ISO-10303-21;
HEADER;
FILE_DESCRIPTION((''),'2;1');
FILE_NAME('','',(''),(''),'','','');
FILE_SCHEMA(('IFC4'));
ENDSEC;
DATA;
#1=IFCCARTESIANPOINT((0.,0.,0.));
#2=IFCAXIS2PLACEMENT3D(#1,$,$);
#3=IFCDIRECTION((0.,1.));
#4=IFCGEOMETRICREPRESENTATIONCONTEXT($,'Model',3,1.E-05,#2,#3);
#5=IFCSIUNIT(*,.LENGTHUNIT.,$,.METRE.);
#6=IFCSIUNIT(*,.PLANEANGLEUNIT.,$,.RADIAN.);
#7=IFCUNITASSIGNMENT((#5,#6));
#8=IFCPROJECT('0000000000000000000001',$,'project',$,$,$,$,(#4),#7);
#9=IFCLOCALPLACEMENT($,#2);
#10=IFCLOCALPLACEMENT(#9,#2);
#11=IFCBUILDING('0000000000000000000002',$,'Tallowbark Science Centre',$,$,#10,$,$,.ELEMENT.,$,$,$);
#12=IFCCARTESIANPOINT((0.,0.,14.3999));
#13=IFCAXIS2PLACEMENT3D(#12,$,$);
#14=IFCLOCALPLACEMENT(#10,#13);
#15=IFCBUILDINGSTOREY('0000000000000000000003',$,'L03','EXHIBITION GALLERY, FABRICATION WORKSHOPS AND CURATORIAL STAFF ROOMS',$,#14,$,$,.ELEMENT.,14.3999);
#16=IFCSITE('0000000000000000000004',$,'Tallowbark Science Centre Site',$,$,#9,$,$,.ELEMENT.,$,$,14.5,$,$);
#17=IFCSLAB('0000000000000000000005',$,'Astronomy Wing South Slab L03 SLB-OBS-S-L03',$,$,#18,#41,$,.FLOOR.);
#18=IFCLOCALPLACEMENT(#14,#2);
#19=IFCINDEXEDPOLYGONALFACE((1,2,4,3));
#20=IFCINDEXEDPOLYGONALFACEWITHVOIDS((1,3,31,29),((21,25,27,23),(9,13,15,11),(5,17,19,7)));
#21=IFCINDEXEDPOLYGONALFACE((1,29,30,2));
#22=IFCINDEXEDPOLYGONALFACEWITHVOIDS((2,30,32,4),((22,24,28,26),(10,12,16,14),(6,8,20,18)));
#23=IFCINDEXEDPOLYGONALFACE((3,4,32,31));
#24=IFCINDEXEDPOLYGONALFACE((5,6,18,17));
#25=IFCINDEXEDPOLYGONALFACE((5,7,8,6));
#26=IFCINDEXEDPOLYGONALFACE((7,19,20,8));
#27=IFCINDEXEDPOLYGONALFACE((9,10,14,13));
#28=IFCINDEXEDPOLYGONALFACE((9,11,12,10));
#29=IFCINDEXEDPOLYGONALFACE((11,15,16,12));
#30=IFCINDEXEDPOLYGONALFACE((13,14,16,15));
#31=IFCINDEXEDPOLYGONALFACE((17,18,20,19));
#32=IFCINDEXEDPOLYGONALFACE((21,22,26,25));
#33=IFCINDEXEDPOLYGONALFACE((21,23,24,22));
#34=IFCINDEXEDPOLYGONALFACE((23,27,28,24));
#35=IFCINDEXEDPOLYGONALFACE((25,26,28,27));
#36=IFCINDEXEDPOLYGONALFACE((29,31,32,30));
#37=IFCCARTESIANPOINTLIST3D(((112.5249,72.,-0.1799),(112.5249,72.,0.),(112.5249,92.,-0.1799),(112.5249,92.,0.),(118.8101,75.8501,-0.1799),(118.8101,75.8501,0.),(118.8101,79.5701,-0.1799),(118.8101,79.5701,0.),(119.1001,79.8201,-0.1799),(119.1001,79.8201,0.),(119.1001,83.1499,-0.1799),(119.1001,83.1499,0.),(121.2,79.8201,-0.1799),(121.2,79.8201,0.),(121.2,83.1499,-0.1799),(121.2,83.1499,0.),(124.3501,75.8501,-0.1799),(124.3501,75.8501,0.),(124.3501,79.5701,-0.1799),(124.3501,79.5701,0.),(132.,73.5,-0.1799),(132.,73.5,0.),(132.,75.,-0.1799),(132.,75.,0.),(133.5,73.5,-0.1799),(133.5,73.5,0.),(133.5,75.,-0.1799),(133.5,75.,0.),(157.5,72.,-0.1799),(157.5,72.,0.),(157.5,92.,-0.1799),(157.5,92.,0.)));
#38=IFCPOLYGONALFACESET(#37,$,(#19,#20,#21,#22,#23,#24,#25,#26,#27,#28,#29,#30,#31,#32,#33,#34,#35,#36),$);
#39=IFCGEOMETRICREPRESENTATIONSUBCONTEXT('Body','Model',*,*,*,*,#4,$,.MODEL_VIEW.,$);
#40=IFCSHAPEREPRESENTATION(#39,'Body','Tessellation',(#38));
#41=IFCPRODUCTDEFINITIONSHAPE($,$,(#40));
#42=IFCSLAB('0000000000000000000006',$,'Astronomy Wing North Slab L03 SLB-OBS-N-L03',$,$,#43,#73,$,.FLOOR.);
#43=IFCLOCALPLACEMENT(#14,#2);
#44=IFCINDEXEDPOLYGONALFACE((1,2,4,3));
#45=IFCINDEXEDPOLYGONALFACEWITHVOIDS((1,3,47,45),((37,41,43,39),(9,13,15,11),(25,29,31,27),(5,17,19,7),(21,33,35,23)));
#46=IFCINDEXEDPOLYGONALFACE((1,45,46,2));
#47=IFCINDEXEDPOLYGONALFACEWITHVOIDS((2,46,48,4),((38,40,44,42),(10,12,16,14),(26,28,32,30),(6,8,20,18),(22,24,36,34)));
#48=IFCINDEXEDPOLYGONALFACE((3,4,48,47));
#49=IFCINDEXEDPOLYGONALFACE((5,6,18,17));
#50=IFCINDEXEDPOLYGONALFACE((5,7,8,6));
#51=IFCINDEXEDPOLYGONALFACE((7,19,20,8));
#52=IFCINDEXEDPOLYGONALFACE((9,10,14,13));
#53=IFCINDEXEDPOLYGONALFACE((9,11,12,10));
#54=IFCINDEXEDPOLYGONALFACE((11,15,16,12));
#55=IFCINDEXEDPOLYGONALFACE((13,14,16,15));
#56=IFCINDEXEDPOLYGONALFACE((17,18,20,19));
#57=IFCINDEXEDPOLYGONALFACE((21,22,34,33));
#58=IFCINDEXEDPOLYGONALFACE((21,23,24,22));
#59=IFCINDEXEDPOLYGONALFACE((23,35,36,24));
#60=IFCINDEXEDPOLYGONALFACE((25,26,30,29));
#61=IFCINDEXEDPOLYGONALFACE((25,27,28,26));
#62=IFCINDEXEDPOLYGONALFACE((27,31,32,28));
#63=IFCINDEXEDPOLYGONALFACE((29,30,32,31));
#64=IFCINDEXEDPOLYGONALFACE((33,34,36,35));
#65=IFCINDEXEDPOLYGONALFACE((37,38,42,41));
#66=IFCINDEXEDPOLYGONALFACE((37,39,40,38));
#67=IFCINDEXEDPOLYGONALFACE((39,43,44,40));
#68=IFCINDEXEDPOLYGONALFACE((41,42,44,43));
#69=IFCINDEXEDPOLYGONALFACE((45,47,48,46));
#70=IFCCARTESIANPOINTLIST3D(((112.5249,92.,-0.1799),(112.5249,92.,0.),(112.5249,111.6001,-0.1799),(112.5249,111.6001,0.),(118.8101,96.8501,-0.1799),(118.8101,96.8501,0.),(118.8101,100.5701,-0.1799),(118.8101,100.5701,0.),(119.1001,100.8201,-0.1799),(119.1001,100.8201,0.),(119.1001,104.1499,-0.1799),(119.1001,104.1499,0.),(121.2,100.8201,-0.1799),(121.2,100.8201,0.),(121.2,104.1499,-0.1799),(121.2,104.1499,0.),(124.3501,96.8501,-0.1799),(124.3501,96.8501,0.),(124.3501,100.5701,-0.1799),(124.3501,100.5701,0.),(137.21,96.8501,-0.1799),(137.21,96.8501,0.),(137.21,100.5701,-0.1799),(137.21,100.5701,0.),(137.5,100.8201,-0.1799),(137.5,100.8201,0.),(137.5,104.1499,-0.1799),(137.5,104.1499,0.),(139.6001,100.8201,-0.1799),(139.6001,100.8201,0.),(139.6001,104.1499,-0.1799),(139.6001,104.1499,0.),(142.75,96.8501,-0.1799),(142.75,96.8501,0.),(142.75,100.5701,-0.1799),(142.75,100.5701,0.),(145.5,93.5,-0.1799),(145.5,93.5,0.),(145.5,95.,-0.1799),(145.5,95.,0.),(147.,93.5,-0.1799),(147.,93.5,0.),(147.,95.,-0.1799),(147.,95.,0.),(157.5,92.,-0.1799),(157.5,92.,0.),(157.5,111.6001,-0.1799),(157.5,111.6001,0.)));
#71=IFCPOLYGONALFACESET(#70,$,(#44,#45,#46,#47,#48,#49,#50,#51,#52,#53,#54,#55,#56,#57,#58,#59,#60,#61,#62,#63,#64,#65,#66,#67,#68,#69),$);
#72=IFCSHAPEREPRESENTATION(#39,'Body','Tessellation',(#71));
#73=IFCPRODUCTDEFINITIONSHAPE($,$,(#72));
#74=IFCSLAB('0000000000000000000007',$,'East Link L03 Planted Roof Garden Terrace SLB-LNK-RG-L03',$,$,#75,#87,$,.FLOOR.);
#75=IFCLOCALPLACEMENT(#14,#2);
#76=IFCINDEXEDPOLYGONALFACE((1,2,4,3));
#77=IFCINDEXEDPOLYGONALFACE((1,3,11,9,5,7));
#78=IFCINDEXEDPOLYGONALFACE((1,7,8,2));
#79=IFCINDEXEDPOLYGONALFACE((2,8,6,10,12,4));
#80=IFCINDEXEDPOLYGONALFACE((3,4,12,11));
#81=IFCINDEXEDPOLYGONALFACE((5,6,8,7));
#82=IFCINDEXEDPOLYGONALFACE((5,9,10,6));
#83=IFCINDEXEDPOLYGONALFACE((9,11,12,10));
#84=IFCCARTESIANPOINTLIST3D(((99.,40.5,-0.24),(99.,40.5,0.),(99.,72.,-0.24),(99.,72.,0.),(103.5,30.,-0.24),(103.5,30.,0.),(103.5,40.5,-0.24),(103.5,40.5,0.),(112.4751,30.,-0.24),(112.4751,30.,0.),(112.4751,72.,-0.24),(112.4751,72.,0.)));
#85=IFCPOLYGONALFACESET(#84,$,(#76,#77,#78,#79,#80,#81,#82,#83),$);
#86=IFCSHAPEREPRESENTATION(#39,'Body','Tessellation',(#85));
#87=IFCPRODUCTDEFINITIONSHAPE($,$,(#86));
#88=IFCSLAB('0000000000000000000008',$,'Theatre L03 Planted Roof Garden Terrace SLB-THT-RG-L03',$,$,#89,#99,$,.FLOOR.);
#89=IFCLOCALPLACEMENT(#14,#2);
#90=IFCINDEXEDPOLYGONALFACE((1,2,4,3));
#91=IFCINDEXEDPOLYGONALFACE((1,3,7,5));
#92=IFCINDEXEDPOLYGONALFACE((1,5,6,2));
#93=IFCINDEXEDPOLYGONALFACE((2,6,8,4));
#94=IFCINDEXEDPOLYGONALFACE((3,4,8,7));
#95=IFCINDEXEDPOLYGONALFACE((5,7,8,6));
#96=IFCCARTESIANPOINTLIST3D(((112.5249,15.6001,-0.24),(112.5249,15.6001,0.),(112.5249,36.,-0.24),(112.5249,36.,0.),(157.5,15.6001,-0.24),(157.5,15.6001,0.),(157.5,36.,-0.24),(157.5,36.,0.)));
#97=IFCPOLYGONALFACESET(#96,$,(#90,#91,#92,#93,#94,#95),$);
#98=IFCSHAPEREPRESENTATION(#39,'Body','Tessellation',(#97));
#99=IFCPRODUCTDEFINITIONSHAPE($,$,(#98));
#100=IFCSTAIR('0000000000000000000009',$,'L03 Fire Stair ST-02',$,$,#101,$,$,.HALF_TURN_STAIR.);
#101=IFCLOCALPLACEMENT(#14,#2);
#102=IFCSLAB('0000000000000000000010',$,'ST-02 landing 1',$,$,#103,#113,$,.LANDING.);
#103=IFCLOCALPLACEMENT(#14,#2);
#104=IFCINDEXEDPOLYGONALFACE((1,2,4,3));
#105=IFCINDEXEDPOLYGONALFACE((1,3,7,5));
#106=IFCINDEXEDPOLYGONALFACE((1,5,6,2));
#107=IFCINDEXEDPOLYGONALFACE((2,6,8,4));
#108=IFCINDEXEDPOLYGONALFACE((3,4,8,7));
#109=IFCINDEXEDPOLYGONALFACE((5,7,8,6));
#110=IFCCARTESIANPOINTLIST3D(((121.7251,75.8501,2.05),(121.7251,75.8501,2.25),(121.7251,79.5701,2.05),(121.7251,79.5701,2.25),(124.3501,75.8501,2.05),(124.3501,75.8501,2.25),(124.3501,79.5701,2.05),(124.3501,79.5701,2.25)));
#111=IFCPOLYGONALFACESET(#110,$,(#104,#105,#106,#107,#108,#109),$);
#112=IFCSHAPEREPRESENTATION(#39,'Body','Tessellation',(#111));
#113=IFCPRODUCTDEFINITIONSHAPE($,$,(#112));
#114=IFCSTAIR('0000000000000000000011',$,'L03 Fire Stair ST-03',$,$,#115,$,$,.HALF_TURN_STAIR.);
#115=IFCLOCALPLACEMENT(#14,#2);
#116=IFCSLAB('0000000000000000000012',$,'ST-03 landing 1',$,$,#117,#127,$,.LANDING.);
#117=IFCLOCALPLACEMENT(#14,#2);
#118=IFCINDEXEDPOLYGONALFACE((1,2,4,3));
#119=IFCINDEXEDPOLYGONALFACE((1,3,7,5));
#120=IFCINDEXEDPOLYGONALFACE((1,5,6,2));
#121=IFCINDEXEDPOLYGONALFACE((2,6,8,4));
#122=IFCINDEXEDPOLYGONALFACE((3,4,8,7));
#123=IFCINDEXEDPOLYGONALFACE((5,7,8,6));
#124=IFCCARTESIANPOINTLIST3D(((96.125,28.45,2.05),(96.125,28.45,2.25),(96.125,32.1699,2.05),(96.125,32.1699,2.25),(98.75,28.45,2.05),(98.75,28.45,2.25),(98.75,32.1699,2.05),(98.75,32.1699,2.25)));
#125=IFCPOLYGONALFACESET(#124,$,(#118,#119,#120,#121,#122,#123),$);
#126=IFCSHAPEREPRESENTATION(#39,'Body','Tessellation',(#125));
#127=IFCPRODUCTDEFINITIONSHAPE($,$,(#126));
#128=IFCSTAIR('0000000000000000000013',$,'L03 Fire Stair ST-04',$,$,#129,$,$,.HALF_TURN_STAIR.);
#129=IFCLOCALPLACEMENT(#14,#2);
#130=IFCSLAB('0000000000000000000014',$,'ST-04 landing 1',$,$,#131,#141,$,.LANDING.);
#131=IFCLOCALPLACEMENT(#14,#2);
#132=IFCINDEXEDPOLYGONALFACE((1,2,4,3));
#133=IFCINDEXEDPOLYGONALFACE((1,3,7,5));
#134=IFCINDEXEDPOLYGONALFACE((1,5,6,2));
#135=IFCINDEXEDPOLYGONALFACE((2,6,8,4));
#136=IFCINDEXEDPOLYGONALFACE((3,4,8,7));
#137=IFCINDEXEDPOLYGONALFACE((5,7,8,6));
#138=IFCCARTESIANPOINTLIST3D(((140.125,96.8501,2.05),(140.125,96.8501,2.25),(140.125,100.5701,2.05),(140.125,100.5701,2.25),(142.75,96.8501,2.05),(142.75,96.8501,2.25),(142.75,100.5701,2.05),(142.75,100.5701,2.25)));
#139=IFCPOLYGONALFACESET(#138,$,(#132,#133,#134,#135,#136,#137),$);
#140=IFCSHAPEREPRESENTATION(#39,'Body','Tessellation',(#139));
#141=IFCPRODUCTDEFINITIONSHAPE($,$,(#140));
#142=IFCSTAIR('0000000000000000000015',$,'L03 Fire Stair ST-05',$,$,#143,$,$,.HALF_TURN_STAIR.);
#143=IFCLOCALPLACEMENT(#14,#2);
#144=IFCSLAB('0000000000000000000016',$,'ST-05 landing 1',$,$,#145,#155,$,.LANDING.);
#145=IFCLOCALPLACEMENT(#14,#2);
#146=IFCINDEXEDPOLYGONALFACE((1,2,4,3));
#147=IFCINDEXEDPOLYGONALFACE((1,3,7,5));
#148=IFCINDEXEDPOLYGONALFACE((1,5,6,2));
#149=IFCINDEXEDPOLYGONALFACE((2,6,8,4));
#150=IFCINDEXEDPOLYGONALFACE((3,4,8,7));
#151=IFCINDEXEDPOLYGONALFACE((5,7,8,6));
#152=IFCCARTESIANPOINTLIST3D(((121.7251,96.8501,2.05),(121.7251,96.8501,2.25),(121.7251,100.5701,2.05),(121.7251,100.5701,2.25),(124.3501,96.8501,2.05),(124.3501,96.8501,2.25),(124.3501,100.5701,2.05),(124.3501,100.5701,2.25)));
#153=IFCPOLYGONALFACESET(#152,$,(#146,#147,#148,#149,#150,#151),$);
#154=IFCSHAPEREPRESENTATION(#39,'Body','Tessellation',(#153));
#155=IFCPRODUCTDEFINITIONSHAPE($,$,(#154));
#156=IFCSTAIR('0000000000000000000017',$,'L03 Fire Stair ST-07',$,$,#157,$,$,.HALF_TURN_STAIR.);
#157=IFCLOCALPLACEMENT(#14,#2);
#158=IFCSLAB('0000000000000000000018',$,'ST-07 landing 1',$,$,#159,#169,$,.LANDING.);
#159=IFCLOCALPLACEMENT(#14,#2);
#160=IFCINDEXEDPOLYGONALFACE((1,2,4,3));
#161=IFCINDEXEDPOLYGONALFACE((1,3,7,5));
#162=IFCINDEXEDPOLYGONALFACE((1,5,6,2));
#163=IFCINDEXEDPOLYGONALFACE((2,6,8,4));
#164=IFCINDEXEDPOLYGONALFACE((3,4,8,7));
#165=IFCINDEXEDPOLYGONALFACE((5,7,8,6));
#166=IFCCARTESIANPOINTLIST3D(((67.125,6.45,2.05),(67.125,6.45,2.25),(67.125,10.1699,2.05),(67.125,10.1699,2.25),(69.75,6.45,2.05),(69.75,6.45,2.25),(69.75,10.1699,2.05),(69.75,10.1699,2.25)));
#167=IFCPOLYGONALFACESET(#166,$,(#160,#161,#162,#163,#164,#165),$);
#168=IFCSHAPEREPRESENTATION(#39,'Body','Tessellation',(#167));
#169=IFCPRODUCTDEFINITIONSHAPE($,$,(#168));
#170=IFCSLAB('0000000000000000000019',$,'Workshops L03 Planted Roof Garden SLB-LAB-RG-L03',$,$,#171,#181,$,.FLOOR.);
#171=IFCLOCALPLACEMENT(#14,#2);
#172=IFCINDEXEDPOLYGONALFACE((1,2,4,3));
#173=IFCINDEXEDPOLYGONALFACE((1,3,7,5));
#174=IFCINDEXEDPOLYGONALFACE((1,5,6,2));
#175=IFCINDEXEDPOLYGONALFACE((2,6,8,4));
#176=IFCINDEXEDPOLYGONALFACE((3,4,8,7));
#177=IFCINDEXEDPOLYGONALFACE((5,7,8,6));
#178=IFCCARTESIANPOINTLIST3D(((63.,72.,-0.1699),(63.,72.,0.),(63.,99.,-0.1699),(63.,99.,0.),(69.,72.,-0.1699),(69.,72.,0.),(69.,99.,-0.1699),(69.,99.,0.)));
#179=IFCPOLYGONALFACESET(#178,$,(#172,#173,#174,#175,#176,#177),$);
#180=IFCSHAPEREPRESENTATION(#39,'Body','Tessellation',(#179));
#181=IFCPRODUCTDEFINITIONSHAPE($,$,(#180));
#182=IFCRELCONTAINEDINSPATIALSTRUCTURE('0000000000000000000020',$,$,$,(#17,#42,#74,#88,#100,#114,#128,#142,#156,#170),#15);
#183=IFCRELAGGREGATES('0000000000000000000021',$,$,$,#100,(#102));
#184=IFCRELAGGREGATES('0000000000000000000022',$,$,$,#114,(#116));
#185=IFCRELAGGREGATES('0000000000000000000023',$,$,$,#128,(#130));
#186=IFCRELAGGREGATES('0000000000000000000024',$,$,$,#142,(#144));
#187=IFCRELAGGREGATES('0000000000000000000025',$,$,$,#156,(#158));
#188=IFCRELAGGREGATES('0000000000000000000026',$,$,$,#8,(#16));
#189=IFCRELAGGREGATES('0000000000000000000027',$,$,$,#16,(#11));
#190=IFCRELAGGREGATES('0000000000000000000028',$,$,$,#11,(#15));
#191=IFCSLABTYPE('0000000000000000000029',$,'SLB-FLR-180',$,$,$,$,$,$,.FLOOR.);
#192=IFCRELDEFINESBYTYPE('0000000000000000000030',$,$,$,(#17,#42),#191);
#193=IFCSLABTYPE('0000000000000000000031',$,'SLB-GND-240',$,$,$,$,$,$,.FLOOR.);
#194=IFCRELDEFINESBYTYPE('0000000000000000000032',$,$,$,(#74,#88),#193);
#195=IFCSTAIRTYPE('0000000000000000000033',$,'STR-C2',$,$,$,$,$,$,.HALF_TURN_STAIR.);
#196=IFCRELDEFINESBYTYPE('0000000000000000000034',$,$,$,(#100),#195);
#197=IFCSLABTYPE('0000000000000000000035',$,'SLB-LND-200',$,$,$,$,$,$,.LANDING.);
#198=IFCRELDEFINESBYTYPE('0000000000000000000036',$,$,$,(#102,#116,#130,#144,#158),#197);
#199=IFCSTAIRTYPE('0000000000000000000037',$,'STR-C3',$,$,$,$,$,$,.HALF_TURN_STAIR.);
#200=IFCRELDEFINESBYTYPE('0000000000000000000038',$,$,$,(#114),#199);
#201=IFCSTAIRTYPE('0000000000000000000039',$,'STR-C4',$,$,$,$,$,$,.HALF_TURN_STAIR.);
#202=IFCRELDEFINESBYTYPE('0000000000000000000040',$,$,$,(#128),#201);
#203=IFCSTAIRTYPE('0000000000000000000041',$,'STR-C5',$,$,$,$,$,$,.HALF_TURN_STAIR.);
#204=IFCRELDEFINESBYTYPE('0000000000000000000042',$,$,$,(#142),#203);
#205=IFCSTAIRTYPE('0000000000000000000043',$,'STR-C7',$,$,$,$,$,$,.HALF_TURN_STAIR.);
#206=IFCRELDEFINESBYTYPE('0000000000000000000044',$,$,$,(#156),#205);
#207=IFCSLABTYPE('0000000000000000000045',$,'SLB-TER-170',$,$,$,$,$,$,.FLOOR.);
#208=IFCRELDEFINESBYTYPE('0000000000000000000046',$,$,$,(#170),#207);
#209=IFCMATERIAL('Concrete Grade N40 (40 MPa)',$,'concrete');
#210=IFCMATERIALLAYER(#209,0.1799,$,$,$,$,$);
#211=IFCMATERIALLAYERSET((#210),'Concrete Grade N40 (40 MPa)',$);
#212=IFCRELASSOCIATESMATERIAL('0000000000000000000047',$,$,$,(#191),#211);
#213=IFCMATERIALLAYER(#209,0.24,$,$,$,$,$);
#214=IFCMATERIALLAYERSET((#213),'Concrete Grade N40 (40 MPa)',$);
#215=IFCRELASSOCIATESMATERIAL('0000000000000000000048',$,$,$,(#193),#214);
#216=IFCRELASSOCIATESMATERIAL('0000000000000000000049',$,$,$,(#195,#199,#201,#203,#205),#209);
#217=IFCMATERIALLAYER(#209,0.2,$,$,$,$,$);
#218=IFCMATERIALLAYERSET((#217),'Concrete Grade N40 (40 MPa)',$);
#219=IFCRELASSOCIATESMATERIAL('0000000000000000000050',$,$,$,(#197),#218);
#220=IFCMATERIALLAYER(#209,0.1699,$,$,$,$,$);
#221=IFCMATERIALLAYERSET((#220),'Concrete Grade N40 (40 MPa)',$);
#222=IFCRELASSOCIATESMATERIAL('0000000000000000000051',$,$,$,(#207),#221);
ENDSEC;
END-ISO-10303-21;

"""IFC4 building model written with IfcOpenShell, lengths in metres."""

from ifc_helpers import new_model, si_unit, direction, frame, origin, place, context, subcontext, project, spatial, polyline, outline, extrude, material, layer, layer_set, type_object, element, aggregate, save


model = new_model("IFC4")

# Units and contexts
model_context = context("Model", 3, precision=1e-05, world=origin(), true_north=direction((0.0, 1.0)))
body_context = subcontext(model_context, "Body", "Model", "MODEL_VIEW")
ifc_project = project(units=[si_unit("LENGTHUNIT", "METRE"), si_unit("PLANEANGLEUNIT", "RADIAN")], contexts=[model_context])

# Site, building, storey
site_placement = place(None, origin())
site = spatial("IfcSite", under=ifc_project, at=site_placement, Name="Tallowbark Science Centre Site", CompositionType="ELEMENT", RefElevation=14.5)
building_placement = place(site_placement, origin())
building = spatial("IfcBuilding", under=site, at=building_placement, Name="Tallowbark Science Centre", CompositionType="ELEMENT")
storey_placement = place(building_placement, frame((0.0, 0.0, 14.3999)))
storey = spatial("IfcBuildingStorey", under=building, at=storey_placement, Name="L03", Description="EXHIBITION GALLERY, FABRICATION WORKSHOPS AND CURATORIAL STAFF ROOMS", CompositionType="ELEMENT", Elevation=14.3999)

# Slabs
ifc_material_1 = material(Name="Concrete Grade N40 (40 MPa)", Category="concrete")
ifc_layer_1 = layer(ifc_material_1, 0.1799)
ifc_layer_set_1 = layer_set([ifc_layer_1], Name="Concrete Grade N40 (40 MPa)")
slab_type_1 = type_object("IfcSlabType", Name="SLB-FLR-180", PredefinedType="FLOOR", material=ifc_layer_set_1)
slab_1_placement = place(storey_placement, frame((0.0, 0.0, -0.1799)))
element("IfcSlab", 1, at=slab_1_placement, inside=storey, type_object=slab_type_1, Name="Astronomy Wing South Slab L03 SLB-OBS-S-L03", PredefinedType="FLOOR", context=body_context, shape_type="SweptSolid", body=[
    extrude(outline(polyline([(112.5249, 72.0), (157.5, 72.0), (157.5, 92.0), (112.5249, 92.0), (112.5249, 72.0)]), holes=[polyline([(118.8101, 75.8501), (124.3501, 75.8501), (124.3501, 79.5701), (118.8101, 79.5701), (118.8101, 75.8501)]), polyline([(119.1001, 79.8201), (121.2, 79.8201), (121.2, 83.1499), (119.1001, 83.1499), (119.1001, 79.8201)]), polyline([(132.0, 73.5), (133.5, 73.5), (133.5, 75.0), (132.0, 75.0), (132.0, 73.5)])]), origin(), (0.0, 0.0, 1.0), 0.1799),
])
slab_2_placement = place(storey_placement, frame((0.0, 0.0, -0.1799)))
element("IfcSlab", 2, at=slab_2_placement, inside=storey, type_object=slab_type_1, Name="Astronomy Wing North Slab L03 SLB-OBS-N-L03", PredefinedType="FLOOR", context=body_context, shape_type="SweptSolid", body=[
    extrude(outline(polyline([(112.5249, 92.0), (157.5, 92.0), (157.5, 111.6001), (112.5249, 111.6001), (112.5249, 92.0)]), holes=[polyline([(137.21, 96.8501), (142.75, 96.8501), (142.75, 100.5701), (137.21, 100.5701), (137.21, 96.8501)]), polyline([(118.8101, 96.8501), (124.3501, 96.8501), (124.3501, 100.5701), (118.8101, 100.5701), (118.8101, 96.8501)]), polyline([(137.5, 100.8201), (139.6001, 100.8201), (139.6001, 104.1499), (137.5, 104.1499), (137.5, 100.8201)]), polyline([(119.1001, 100.8201), (121.2, 100.8201), (121.2, 104.1499), (119.1001, 104.1499), (119.1001, 100.8201)]), polyline([(145.5, 93.5), (147.0, 93.5), (147.0, 95.0), (145.5, 95.0), (145.5, 93.5)])]), origin(), (0.0, 0.0, 1.0), 0.1799),
])
ifc_layer_2 = layer(ifc_material_1, 0.24)
ifc_layer_set_2 = layer_set([ifc_layer_2], Name="Concrete Grade N40 (40 MPa)")
slab_type_2 = type_object("IfcSlabType", Name="SLB-GND-240", PredefinedType="FLOOR", material=ifc_layer_set_2)
slab_3_placement = place(storey_placement, frame((0.0, 0.0, -0.24)))
element("IfcSlab", 3, at=slab_3_placement, inside=storey, type_object=slab_type_2, Name="East Link L03 Planted Roof Garden Terrace SLB-LNK-RG-L03", PredefinedType="FLOOR", context=body_context, shape_type="SweptSolid", body=[
    extrude(outline(polyline([(99.0, 40.5), (103.5, 40.5), (103.5, 30.0), (112.4751, 30.0), (112.4751, 72.0), (99.0, 72.0), (99.0, 40.5)])), origin(), (0.0, 0.0, 1.0), 0.24),
])
slab_4_placement = place(storey_placement, frame((0.0, 0.0, -0.24)))
element("IfcSlab", 4, at=slab_4_placement, inside=storey, type_object=slab_type_2, Name="Theatre L03 Planted Roof Garden Terrace SLB-THT-RG-L03", PredefinedType="FLOOR", context=body_context, shape_type="SweptSolid", body=[
    extrude(outline(polyline([(112.5249, 15.6001), (157.5, 15.6001), (157.5, 36.0), (112.5249, 36.0), (112.5249, 15.6001)])), origin(), (0.0, 0.0, 1.0), 0.24),
])

# Stairs, slabs
stair_type_1 = type_object("IfcStairType", Name="STR-C2", PredefinedType="HALF_TURN_STAIR", material=ifc_material_1)
stair_1_placement = place(storey_placement, origin())
stair_1 = element("IfcStair", 5, at=stair_1_placement, inside=storey, type_object=stair_type_1, Name="L03 Fire Stair ST-02", PredefinedType="HALF_TURN_STAIR")
ifc_layer_3 = layer(ifc_material_1, 0.2)
ifc_layer_set_3 = layer_set([ifc_layer_3], Name="Concrete Grade N40 (40 MPa)")
slab_type_3 = type_object("IfcSlabType", Name="SLB-LND-200", PredefinedType="LANDING", material=ifc_layer_set_3)
slab_5_placement = place(storey_placement, frame((0.0, 0.0, 2.05)))
slab_5 = element("IfcSlab", 6, at=slab_5_placement, type_object=slab_type_3, Name="ST-02 landing 1", PredefinedType="LANDING", context=body_context, shape_type="SweptSolid", body=[
    extrude(outline(polyline([(121.7251, 75.8501), (124.3501, 75.8501), (124.3501, 79.5701), (121.7251, 79.5701), (121.7251, 75.8501)])), origin(), (0.0, 0.0, 1.0), 0.2),
])
aggregate(stair_1, [slab_5])
stair_type_2 = type_object("IfcStairType", Name="STR-C3", PredefinedType="HALF_TURN_STAIR", material=ifc_material_1)
stair_2_placement = place(storey_placement, origin())
stair_2 = element("IfcStair", 7, at=stair_2_placement, inside=storey, type_object=stair_type_2, Name="L03 Fire Stair ST-03", PredefinedType="HALF_TURN_STAIR")
slab_6_placement = place(storey_placement, frame((0.0, 0.0, 2.05)))
slab_6 = element("IfcSlab", 8, at=slab_6_placement, type_object=slab_type_3, Name="ST-03 landing 1", PredefinedType="LANDING", context=body_context, shape_type="SweptSolid", body=[
    extrude(outline(polyline([(96.125, 28.45), (98.75, 28.45), (98.75, 32.1699), (96.125, 32.1699), (96.125, 28.45)])), origin(), (0.0, 0.0, 1.0), 0.2),
])
aggregate(stair_2, [slab_6])
stair_type_3 = type_object("IfcStairType", Name="STR-C4", PredefinedType="HALF_TURN_STAIR", material=ifc_material_1)
stair_3_placement = place(storey_placement, origin())
stair_3 = element("IfcStair", 9, at=stair_3_placement, inside=storey, type_object=stair_type_3, Name="L03 Fire Stair ST-04", PredefinedType="HALF_TURN_STAIR")
slab_7_placement = place(storey_placement, frame((0.0, 0.0, 2.05)))
slab_7 = element("IfcSlab", 10, at=slab_7_placement, type_object=slab_type_3, Name="ST-04 landing 1", PredefinedType="LANDING", context=body_context, shape_type="SweptSolid", body=[
    extrude(outline(polyline([(140.125, 96.8501), (142.75, 96.8501), (142.75, 100.5701), (140.125, 100.5701), (140.125, 96.8501)])), origin(), (0.0, 0.0, 1.0), 0.2),
])
aggregate(stair_3, [slab_7])
stair_type_4 = type_object("IfcStairType", Name="STR-C5", PredefinedType="HALF_TURN_STAIR", material=ifc_material_1)
stair_4_placement = place(storey_placement, origin())
stair_4 = element("IfcStair", 11, at=stair_4_placement, inside=storey, type_object=stair_type_4, Name="L03 Fire Stair ST-05", PredefinedType="HALF_TURN_STAIR")
slab_8_placement = place(storey_placement, frame((0.0, 0.0, 2.05)))
slab_8 = element("IfcSlab", 12, at=slab_8_placement, type_object=slab_type_3, Name="ST-05 landing 1", PredefinedType="LANDING", context=body_context, shape_type="SweptSolid", body=[
    extrude(outline(polyline([(121.7251, 96.8501), (124.3501, 96.8501), (124.3501, 100.5701), (121.7251, 100.5701), (121.7251, 96.8501)])), origin(), (0.0, 0.0, 1.0), 0.2),
])
aggregate(stair_4, [slab_8])
stair_type_5 = type_object("IfcStairType", Name="STR-C7", PredefinedType="HALF_TURN_STAIR", material=ifc_material_1)
stair_5_placement = place(storey_placement, origin())
stair_5 = element("IfcStair", 13, at=stair_5_placement, inside=storey, type_object=stair_type_5, Name="L03 Fire Stair ST-07", PredefinedType="HALF_TURN_STAIR")
slab_9_placement = place(storey_placement, frame((0.0, 0.0, 2.05)))
slab_9 = element("IfcSlab", 14, at=slab_9_placement, type_object=slab_type_3, Name="ST-07 landing 1", PredefinedType="LANDING", context=body_context, shape_type="SweptSolid", body=[
    extrude(outline(polyline([(67.125, 6.45), (69.75, 6.45), (69.75, 10.1699), (67.125, 10.1699), (67.125, 6.45)])), origin(), (0.0, 0.0, 1.0), 0.2),
])
aggregate(stair_5, [slab_9])

# Slab
ifc_layer_4 = layer(ifc_material_1, 0.1699)
ifc_layer_set_4 = layer_set([ifc_layer_4], Name="Concrete Grade N40 (40 MPa)")
slab_type_4 = type_object("IfcSlabType", Name="SLB-TER-170", PredefinedType="FLOOR", material=ifc_layer_set_4)
slab_10_placement = place(storey_placement, frame((0.0, 0.0, -0.1699)))
element("IfcSlab", 15, at=slab_10_placement, inside=storey, type_object=slab_type_4, Name="Workshops L03 Planted Roof Garden SLB-LAB-RG-L03", PredefinedType="FLOOR", context=body_context, shape_type="SweptSolid", body=[
    extrude(outline(polyline([(63.0, 72.0), (69.0, 72.0), (69.0, 99.0), (63.0, 99.0), (63.0, 72.0)])), origin(), (0.0, 0.0, 1.0), 0.1699),
])

save(model, "model.ifc")
